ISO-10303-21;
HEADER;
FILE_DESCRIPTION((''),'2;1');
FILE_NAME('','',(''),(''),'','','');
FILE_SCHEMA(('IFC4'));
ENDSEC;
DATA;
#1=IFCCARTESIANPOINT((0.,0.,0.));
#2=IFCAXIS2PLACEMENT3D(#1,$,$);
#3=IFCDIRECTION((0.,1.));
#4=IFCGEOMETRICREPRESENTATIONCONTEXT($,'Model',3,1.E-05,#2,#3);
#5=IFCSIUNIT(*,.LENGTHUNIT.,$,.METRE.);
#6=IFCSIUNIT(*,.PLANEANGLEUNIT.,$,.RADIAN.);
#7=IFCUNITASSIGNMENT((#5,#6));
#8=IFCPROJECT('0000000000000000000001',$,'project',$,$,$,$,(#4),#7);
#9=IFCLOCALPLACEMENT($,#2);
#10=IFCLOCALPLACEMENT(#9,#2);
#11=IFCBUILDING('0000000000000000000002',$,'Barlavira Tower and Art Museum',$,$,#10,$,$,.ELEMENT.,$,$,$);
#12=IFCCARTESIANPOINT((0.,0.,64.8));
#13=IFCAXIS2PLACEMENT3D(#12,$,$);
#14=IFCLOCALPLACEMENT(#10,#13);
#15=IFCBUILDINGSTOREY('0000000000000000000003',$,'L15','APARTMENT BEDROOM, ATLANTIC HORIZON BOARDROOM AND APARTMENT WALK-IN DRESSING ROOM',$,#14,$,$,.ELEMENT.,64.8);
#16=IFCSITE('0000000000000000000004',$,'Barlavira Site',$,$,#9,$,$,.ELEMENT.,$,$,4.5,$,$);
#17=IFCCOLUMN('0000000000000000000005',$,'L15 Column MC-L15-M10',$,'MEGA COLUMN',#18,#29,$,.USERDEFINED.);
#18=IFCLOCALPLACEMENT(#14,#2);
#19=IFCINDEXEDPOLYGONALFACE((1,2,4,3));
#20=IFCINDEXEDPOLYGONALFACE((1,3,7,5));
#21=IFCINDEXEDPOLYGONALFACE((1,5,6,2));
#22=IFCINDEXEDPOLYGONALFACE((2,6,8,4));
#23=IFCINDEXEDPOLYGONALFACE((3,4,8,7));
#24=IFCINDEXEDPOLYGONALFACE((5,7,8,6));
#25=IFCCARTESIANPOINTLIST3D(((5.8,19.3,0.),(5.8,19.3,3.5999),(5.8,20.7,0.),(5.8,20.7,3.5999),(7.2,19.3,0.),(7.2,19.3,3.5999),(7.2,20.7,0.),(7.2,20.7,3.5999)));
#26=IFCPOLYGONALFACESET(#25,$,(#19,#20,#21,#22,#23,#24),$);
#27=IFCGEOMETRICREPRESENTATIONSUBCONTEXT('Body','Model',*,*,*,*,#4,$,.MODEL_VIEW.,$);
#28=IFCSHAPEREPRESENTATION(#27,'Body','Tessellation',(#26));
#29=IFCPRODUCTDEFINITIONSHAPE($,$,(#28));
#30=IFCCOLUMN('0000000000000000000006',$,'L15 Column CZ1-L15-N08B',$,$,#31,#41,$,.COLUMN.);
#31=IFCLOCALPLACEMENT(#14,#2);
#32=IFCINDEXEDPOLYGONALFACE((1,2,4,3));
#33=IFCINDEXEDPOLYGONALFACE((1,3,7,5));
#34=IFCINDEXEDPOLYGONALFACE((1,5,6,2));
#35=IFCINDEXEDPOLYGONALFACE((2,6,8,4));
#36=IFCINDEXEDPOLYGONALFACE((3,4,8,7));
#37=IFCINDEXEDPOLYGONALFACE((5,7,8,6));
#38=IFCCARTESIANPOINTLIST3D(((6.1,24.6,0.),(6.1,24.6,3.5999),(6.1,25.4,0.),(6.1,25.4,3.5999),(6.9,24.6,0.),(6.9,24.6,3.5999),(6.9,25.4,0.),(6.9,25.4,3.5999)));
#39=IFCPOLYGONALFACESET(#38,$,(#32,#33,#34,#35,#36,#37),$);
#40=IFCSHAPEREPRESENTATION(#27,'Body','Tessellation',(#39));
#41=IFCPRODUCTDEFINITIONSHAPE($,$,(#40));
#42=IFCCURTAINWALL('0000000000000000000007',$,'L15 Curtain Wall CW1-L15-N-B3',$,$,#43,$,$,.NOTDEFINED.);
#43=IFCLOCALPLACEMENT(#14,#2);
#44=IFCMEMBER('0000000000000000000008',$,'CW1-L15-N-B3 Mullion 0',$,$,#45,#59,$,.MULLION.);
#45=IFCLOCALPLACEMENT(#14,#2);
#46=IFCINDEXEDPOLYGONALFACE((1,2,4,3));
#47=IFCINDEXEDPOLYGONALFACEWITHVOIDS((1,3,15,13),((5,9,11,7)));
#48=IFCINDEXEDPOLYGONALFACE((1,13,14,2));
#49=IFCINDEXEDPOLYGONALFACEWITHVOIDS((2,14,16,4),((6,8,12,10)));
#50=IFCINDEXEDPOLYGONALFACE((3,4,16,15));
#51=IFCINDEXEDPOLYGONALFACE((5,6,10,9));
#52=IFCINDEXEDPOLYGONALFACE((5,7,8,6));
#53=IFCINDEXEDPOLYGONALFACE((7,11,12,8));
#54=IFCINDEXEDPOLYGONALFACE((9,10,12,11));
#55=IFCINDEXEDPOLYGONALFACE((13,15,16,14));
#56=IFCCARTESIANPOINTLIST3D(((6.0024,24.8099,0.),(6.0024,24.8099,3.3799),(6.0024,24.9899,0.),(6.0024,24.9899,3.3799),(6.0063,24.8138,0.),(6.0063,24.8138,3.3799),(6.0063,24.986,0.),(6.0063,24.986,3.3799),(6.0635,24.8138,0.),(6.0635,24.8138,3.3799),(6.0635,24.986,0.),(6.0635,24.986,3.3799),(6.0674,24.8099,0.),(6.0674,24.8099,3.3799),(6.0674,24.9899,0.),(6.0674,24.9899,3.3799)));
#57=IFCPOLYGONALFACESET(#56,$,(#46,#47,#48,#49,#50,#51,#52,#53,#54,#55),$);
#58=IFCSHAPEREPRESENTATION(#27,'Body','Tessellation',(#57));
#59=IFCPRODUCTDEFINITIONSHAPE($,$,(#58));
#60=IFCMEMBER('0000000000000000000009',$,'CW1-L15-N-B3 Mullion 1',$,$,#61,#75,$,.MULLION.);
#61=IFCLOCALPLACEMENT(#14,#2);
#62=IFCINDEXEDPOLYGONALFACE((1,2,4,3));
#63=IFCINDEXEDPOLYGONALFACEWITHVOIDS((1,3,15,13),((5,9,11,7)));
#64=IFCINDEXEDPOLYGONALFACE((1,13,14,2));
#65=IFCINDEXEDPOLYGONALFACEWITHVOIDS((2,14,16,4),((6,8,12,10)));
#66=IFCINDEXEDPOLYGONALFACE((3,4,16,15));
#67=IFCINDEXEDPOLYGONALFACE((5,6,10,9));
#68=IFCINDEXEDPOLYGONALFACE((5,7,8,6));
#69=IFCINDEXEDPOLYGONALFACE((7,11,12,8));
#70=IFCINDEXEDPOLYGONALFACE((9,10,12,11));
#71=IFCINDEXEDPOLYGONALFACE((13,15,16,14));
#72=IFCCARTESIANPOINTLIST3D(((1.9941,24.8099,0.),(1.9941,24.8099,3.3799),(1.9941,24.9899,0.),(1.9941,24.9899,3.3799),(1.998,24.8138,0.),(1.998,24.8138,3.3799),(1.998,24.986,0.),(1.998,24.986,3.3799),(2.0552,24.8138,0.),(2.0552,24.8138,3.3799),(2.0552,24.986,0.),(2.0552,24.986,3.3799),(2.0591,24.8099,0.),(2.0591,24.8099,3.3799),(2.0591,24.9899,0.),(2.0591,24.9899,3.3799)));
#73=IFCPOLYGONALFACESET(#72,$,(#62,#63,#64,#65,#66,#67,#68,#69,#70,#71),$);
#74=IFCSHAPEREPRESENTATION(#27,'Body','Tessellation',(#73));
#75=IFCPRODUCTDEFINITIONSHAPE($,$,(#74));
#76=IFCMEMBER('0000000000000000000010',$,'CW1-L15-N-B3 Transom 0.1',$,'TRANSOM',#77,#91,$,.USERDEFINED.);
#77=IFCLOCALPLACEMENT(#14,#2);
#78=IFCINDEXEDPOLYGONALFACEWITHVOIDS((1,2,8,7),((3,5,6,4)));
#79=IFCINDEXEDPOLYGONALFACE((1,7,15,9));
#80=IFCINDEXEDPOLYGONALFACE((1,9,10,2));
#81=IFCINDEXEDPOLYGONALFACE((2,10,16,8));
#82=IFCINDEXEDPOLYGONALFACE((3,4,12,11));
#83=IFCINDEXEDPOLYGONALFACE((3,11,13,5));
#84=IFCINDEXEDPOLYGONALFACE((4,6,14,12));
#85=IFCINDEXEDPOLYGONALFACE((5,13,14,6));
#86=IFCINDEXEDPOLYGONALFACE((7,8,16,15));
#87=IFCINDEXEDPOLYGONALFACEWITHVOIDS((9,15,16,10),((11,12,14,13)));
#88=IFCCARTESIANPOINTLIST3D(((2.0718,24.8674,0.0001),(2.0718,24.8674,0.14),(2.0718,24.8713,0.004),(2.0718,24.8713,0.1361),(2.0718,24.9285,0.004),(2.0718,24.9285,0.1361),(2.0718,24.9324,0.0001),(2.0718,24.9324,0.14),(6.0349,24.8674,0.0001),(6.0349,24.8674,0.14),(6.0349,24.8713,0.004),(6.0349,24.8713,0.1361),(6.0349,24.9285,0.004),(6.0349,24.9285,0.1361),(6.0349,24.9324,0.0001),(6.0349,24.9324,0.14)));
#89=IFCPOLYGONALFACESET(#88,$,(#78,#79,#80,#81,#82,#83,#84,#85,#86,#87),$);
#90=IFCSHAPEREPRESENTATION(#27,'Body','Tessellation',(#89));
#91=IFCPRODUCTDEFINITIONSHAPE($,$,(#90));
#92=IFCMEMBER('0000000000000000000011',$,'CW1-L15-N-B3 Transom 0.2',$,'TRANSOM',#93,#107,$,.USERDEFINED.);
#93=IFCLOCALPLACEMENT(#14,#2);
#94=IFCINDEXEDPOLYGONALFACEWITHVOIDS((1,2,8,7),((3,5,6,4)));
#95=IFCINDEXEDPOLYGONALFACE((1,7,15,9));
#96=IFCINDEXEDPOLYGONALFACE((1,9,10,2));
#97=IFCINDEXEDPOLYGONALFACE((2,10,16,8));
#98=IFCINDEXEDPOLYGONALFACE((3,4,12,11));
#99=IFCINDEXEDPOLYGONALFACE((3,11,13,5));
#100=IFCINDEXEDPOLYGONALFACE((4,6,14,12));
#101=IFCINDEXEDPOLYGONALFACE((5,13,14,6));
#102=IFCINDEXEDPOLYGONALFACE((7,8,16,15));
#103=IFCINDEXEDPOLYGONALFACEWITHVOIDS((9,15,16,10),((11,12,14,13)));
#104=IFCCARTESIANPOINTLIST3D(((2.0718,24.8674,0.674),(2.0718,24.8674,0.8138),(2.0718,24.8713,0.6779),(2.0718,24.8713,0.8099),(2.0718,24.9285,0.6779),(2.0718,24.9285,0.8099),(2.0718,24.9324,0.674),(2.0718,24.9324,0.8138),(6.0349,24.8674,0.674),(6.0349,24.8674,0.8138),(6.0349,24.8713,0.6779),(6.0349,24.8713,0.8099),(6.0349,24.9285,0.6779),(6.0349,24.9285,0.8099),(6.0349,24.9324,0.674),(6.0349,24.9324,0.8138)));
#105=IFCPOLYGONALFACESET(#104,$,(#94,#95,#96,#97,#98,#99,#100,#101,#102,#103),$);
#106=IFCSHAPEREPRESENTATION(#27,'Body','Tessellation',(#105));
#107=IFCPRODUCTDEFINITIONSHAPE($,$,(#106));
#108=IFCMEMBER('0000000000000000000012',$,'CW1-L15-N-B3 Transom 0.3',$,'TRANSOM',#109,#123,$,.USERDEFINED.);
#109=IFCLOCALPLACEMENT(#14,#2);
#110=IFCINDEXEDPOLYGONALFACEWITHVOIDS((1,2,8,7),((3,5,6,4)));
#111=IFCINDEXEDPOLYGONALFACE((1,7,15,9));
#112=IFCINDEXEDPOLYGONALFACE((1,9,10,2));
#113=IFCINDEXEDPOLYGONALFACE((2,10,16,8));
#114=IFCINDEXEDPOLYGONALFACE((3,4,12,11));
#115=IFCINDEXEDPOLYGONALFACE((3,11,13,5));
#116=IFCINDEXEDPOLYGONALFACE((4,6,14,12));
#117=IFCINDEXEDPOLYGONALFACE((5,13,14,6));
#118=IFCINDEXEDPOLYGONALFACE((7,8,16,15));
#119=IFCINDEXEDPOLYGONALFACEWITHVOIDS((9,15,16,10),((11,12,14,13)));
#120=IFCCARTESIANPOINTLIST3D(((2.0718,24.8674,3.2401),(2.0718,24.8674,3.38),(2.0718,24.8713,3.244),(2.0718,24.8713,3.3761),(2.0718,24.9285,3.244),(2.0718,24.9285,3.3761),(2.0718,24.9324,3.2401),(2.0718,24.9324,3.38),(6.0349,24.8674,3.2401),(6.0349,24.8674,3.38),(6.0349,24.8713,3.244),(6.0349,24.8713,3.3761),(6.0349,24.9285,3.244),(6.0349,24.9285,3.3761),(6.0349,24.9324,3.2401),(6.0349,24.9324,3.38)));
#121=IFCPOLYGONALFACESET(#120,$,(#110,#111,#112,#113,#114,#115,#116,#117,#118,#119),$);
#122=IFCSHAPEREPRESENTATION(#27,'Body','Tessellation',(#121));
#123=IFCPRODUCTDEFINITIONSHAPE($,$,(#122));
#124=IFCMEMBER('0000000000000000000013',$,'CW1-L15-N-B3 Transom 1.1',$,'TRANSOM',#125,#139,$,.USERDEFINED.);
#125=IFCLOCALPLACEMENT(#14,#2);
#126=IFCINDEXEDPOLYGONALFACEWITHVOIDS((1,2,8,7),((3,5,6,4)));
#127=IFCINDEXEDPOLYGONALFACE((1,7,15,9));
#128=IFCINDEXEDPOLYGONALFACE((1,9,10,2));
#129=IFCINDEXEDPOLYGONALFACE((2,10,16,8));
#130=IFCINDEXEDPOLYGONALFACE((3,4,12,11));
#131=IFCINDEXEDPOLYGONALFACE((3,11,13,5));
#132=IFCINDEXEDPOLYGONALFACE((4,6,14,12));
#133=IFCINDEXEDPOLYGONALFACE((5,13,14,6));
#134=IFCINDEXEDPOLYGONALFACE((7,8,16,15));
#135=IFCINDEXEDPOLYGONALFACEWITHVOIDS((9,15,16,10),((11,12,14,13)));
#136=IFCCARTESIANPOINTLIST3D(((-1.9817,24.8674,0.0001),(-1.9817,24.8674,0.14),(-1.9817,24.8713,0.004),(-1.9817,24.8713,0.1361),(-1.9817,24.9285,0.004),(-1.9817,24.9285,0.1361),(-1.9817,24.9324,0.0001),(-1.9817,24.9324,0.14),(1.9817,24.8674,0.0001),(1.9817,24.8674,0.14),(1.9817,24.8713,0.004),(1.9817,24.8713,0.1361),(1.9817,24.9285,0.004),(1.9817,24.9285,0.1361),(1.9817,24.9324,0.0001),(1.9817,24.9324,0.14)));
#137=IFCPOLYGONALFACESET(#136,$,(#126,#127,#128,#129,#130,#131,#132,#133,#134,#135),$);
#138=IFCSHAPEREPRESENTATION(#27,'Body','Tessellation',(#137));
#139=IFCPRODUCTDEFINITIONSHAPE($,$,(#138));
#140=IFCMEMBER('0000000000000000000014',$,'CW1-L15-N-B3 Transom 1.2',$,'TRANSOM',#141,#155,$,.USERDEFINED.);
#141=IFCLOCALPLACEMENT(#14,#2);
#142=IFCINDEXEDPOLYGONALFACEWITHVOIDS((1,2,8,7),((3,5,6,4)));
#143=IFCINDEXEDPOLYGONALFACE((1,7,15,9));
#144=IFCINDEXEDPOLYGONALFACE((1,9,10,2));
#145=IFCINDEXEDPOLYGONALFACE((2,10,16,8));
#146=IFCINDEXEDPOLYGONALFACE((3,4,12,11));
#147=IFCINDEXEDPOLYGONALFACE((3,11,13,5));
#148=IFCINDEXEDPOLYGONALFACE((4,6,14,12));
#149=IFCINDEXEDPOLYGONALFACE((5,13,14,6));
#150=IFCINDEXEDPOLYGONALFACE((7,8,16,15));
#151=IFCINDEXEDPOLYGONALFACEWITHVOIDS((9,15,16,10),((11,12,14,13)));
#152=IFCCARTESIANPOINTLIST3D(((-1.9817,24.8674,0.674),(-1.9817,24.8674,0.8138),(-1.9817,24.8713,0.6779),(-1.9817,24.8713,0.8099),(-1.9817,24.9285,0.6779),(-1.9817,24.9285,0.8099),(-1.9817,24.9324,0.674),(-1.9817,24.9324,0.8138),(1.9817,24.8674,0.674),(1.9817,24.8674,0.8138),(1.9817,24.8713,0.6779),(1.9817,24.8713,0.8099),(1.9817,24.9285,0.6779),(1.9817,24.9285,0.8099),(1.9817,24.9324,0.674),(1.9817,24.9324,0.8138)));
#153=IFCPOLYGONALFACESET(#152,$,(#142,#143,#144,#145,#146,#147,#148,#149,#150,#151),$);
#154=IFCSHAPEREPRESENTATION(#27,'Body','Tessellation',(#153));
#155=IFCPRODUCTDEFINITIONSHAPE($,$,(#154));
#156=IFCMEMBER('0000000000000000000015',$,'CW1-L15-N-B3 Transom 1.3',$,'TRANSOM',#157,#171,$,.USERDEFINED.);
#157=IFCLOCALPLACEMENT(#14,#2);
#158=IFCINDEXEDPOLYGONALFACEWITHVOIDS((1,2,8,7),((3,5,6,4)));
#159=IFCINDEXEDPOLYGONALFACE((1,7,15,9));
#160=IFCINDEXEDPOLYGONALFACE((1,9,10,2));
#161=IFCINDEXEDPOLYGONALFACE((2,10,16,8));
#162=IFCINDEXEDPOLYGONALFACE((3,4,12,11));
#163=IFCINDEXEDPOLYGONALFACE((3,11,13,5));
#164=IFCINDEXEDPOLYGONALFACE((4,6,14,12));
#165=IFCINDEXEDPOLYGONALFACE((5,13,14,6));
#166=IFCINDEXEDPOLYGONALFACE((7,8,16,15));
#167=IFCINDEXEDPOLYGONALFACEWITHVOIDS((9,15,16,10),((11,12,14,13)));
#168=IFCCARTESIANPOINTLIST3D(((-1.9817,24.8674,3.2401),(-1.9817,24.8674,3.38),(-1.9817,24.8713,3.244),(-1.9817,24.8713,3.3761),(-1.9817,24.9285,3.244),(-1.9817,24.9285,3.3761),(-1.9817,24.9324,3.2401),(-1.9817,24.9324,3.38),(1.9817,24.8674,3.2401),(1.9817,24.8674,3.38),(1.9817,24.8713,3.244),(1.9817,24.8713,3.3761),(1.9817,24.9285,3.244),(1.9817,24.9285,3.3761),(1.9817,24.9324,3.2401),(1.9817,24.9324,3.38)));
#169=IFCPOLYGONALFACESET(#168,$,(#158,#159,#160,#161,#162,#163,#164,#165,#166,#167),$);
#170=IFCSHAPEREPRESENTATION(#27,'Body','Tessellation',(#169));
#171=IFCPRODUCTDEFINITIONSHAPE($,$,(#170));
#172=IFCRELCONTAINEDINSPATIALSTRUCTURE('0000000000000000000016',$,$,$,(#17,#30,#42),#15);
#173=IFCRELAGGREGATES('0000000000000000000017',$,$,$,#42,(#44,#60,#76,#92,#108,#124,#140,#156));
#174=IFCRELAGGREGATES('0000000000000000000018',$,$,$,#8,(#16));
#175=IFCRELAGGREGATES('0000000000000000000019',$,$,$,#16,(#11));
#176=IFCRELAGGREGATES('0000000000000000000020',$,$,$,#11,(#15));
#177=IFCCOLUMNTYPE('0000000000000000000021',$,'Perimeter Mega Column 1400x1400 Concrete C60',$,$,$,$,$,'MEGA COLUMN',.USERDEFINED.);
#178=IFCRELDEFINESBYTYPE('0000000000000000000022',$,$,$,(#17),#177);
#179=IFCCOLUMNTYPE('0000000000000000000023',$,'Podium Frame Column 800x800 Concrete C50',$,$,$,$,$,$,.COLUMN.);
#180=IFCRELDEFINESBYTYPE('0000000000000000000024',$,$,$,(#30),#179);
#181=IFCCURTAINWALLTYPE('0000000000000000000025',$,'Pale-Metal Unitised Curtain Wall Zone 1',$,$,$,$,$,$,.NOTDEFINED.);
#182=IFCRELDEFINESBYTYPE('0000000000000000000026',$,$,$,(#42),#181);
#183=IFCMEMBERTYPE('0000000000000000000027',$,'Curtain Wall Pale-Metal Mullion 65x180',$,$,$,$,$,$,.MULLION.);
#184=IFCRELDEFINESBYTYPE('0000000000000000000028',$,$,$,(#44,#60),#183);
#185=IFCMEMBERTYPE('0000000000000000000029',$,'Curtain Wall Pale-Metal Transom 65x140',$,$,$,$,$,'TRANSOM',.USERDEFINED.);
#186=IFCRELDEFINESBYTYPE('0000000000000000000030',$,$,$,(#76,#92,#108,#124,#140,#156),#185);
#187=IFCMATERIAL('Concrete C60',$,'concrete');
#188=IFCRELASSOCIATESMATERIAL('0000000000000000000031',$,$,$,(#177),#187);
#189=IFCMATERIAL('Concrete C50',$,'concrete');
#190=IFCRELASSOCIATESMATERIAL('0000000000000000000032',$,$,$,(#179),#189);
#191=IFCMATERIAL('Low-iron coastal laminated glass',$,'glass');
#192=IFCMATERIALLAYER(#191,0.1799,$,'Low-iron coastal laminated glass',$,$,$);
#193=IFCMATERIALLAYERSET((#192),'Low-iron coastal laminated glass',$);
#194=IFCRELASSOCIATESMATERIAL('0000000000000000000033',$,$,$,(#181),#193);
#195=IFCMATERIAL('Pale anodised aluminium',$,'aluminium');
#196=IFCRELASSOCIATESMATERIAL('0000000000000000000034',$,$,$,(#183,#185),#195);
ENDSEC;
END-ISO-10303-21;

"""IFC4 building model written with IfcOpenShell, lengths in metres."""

from ifc_helpers import new_model, si_unit, direction, frame, origin, origin_2d, place, context, subcontext, project, spatial, rectangle, hollow_rectangle, extrude, material, layer, layer_set, material_profile, profile_set, type_object, element, aggregate, save


model = new_model("IFC4")

# Units and contexts
model_context = context("Model", 3, precision=1e-05, world=origin(), true_north=direction((0.0, 1.0)))
body_context = subcontext(model_context, "Body", "Model", "MODEL_VIEW")
ifc_project = project(units=[si_unit("LENGTHUNIT", "METRE"), si_unit("PLANEANGLEUNIT", "RADIAN")], contexts=[model_context])

# Site, building, storey
site_placement = place(None, origin())
site = spatial("IfcSite", under=ifc_project, at=site_placement, Name="Barlavira Site", CompositionType="ELEMENT", RefElevation=4.5)
building_placement = place(site_placement, origin())
building = spatial("IfcBuilding", under=site, at=building_placement, Name="Barlavira Tower and Art Museum", CompositionType="ELEMENT")
storey_placement = place(building_placement, frame((0.0, 0.0, 64.8)))
storey = spatial("IfcBuildingStorey", under=building, at=storey_placement, Name="L15", Description="APARTMENT BEDROOM, ATLANTIC HORIZON BOARDROOM AND APARTMENT WALK-IN DRESSING ROOM", CompositionType="ELEMENT", Elevation=64.8)

# Columns
ifc_material_1 = material(Name="Concrete C60", Category="concrete")
ifc_material_profile_1 = material_profile(ifc_material_1, rectangle(XDim=1.3999, YDim=1.3999, at=origin_2d()), Name="RC-MCOL 1400x1400")
ifc_profile_set_1 = profile_set([ifc_material_profile_1], Name="Concrete C60")
column_type_1 = type_object("IfcColumnType", Name="Perimeter Mega Column 1400x1400 Concrete C60", ElementType="MEGA COLUMN", PredefinedType="USERDEFINED", material=ifc_profile_set_1)
column_1_placement = place(storey_placement, frame((6.5, 20.0, 0.0), z_axis=(0.0, 0.0, 1.0), x_axis=(1.0, 0.0, 0.0)))
element("IfcColumn", 1, at=column_1_placement, inside=storey, type_object=column_type_1, Name="L15 Column MC-L15-M10", ObjectType="MEGA COLUMN", PredefinedType="USERDEFINED", context=body_context, shape_type="SweptSolid", body=[
    extrude(rectangle(XDim=1.3999, YDim=1.3999, at=origin_2d()), origin(), (0.0, 0.0, 1.0), 3.5999),
])
ifc_material_2 = material(Name="Concrete C50", Category="concrete")
ifc_material_profile_2 = material_profile(ifc_material_2, rectangle(XDim=0.8, YDim=0.8, at=origin_2d()), Name="RC-COL 800x800")
ifc_profile_set_2 = profile_set([ifc_material_profile_2], Name="Concrete C50")
column_type_2 = type_object("IfcColumnType", Name="Podium Frame Column 800x800 Concrete C50", PredefinedType="COLUMN", material=ifc_profile_set_2)
column_2_placement = place(storey_placement, frame((6.5, 25.0, 0.0), z_axis=(0.0, 0.0, 1.0), x_axis=(1.0, 0.0, 0.0)))
element("IfcColumn", 2, at=column_2_placement, inside=storey, type_object=column_type_2, Name="L15 Column CZ1-L15-N08B", PredefinedType="COLUMN", context=body_context, shape_type="SweptSolid", body=[
    extrude(rectangle(XDim=0.8, YDim=0.8, at=origin_2d()), origin(), (0.0, 0.0, 1.0), 3.5999),
])

# Curtain wall, members
ifc_material_3 = material(Name="Low-iron coastal laminated glass", Category="glass")
ifc_layer_1 = layer(ifc_material_3, 0.1799, Name="Low-iron coastal laminated glass")
ifc_layer_set_1 = layer_set([ifc_layer_1], Name="Low-iron coastal laminated glass")
curtain_wall_type = type_object("IfcCurtainWallType", Name="Pale-Metal Unitised Curtain Wall Zone 1", PredefinedType="NOTDEFINED", material=ifc_layer_set_1)
curtain_wall_placement = place(storey_placement, origin())
curtain_wall = element("IfcCurtainWall", 3, at=curtain_wall_placement, inside=storey, type_object=curtain_wall_type, Name="L15 Curtain Wall CW1-L15-N-B3", PredefinedType="NOTDEFINED")
ifc_material_4 = material(Name="Pale anodised aluminium", Category="aluminium")
ifc_material_profile_3 = material_profile(ifc_material_4, hollow_rectangle(XDim=0.0649, YDim=0.1799, WallThickness=0.0039, at=origin_2d()), Name="ALU-MULL 65x180x4")
ifc_profile_set_3 = profile_set([ifc_material_profile_3], Name="Pale anodised aluminium")
member_type_1 = type_object("IfcMemberType", Name="Curtain Wall Pale-Metal Mullion 65x180", PredefinedType="MULLION", material=ifc_profile_set_3)
member_1_placement = place(storey_placement, frame((6.0349, 24.8999, 0.0), z_axis=(0.0, 0.0, 1.0), x_axis=(-1.0, 0.0, 0.0)))
member_1 = element("IfcMember", 4, at=member_1_placement, type_object=member_type_1, Name="CW1-L15-N-B3 Mullion 0", PredefinedType="MULLION", context=body_context, shape_type="SweptSolid", body=[
    extrude(hollow_rectangle(XDim=0.0649, YDim=0.1799, WallThickness=0.0039, at=origin_2d()), origin(), (0.0, 0.0, 1.0), 3.3799),
])
member_2_placement = place(storey_placement, frame((2.0266, 24.8999, 0.0), z_axis=(0.0, 0.0, 1.0), x_axis=(-1.0, 0.0, 0.0)))
member_2 = element("IfcMember", 5, at=member_2_placement, type_object=member_type_1, Name="CW1-L15-N-B3 Mullion 1", PredefinedType="MULLION", context=body_context, shape_type="SweptSolid", body=[
    extrude(hollow_rectangle(XDim=0.0649, YDim=0.1799, WallThickness=0.0039, at=origin_2d()), origin(), (0.0, 0.0, 1.0), 3.3799),
])
ifc_material_profile_4 = material_profile(ifc_material_4, hollow_rectangle(XDim=0.0649, YDim=0.1399, WallThickness=0.0039, at=origin_2d()), Name="ALU-TRAN 65x140x4")
ifc_profile_set_4 = profile_set([ifc_material_profile_4], Name="Pale anodised aluminium")
member_type_2 = type_object("IfcMemberType", Name="Curtain Wall Pale-Metal Transom 65x140", ElementType="TRANSOM", PredefinedType="USERDEFINED", material=ifc_profile_set_4)
member_3_placement = place(storey_placement, frame((6.0349, 24.8999, 0.0701), z_axis=(-1.0, 0.0, 0.0), x_axis=(0.0, -1.0, 0.0)))
member_3 = element("IfcMember", 6, at=member_3_placement, type_object=member_type_2, Name="CW1-L15-N-B3 Transom 0.1", ObjectType="TRANSOM", PredefinedType="USERDEFINED", context=body_context, shape_type="SweptSolid", body=[
    extrude(hollow_rectangle(XDim=0.0649, YDim=0.1399, WallThickness=0.0039, at=origin_2d()), origin(), (0.0, 0.0, 1.0), 3.9631),
])
member_4_placement = place(storey_placement, frame((6.0349, 24.8999, 0.7439), z_axis=(-1.0, 0.0, 0.0), x_axis=(0.0, -1.0, 0.0)))
member_4 = element("IfcMember", 7, at=member_4_placement, type_object=member_type_2, Name="CW1-L15-N-B3 Transom 0.2", ObjectType="TRANSOM", PredefinedType="USERDEFINED", context=body_context, shape_type="SweptSolid", body=[
    extrude(hollow_rectangle(XDim=0.0649, YDim=0.1399, WallThickness=0.0039, at=origin_2d()), origin(), (0.0, 0.0, 1.0), 3.9631),
])
member_5_placement = place(storey_placement, frame((6.0349, 24.8999, 3.3101), z_axis=(-1.0, 0.0, 0.0), x_axis=(0.0, -1.0, 0.0)))
member_5 = element("IfcMember", 8, at=member_5_placement, type_object=member_type_2, Name="CW1-L15-N-B3 Transom 0.3", ObjectType="TRANSOM", PredefinedType="USERDEFINED", context=body_context, shape_type="SweptSolid", body=[
    extrude(hollow_rectangle(XDim=0.0649, YDim=0.1399, WallThickness=0.0039, at=origin_2d()), origin(), (0.0, 0.0, 1.0), 3.9631),
])
member_6_placement = place(storey_placement, frame((1.9817, 24.8999, 0.0701), z_axis=(-1.0, 0.0, 0.0), x_axis=(0.0, -1.0, 0.0)))
member_6 = element("IfcMember", 9, at=member_6_placement, type_object=member_type_2, Name="CW1-L15-N-B3 Transom 1.1", ObjectType="TRANSOM", PredefinedType="USERDEFINED", context=body_context, shape_type="SweptSolid", body=[
    extrude(hollow_rectangle(XDim=0.0649, YDim=0.1399, WallThickness=0.0039, at=origin_2d()), origin(), (0.0, 0.0, 1.0), 3.9634),
])
member_7_placement = place(storey_placement, frame((1.9817, 24.8999, 0.7439), z_axis=(-1.0, 0.0, 0.0), x_axis=(0.0, -1.0, 0.0)))
member_7 = element("IfcMember", 10, at=member_7_placement, type_object=member_type_2, Name="CW1-L15-N-B3 Transom 1.2", ObjectType="TRANSOM", PredefinedType="USERDEFINED", context=body_context, shape_type="SweptSolid", body=[
    extrude(hollow_rectangle(XDim=0.0649, YDim=0.1399, WallThickness=0.0039, at=origin_2d()), origin(), (0.0, 0.0, 1.0), 3.9634),
])
member_8_placement = place(storey_placement, frame((1.9817, 24.8999, 3.3101), z_axis=(-1.0, 0.0, 0.0), x_axis=(0.0, -1.0, 0.0)))
member_8 = element("IfcMember", 11, at=member_8_placement, type_object=member_type_2, Name="CW1-L15-N-B3 Transom 1.3", ObjectType="TRANSOM", PredefinedType="USERDEFINED", context=body_context, shape_type="SweptSolid", body=[
    extrude(hollow_rectangle(XDim=0.0649, YDim=0.1399, WallThickness=0.0039, at=origin_2d()), origin(), (0.0, 0.0, 1.0), 3.9634),
])

aggregate(curtain_wall, [member_1, member_2, member_3, member_4, member_5, member_6, member_7, member_8])

save(model, "model.ifc")
